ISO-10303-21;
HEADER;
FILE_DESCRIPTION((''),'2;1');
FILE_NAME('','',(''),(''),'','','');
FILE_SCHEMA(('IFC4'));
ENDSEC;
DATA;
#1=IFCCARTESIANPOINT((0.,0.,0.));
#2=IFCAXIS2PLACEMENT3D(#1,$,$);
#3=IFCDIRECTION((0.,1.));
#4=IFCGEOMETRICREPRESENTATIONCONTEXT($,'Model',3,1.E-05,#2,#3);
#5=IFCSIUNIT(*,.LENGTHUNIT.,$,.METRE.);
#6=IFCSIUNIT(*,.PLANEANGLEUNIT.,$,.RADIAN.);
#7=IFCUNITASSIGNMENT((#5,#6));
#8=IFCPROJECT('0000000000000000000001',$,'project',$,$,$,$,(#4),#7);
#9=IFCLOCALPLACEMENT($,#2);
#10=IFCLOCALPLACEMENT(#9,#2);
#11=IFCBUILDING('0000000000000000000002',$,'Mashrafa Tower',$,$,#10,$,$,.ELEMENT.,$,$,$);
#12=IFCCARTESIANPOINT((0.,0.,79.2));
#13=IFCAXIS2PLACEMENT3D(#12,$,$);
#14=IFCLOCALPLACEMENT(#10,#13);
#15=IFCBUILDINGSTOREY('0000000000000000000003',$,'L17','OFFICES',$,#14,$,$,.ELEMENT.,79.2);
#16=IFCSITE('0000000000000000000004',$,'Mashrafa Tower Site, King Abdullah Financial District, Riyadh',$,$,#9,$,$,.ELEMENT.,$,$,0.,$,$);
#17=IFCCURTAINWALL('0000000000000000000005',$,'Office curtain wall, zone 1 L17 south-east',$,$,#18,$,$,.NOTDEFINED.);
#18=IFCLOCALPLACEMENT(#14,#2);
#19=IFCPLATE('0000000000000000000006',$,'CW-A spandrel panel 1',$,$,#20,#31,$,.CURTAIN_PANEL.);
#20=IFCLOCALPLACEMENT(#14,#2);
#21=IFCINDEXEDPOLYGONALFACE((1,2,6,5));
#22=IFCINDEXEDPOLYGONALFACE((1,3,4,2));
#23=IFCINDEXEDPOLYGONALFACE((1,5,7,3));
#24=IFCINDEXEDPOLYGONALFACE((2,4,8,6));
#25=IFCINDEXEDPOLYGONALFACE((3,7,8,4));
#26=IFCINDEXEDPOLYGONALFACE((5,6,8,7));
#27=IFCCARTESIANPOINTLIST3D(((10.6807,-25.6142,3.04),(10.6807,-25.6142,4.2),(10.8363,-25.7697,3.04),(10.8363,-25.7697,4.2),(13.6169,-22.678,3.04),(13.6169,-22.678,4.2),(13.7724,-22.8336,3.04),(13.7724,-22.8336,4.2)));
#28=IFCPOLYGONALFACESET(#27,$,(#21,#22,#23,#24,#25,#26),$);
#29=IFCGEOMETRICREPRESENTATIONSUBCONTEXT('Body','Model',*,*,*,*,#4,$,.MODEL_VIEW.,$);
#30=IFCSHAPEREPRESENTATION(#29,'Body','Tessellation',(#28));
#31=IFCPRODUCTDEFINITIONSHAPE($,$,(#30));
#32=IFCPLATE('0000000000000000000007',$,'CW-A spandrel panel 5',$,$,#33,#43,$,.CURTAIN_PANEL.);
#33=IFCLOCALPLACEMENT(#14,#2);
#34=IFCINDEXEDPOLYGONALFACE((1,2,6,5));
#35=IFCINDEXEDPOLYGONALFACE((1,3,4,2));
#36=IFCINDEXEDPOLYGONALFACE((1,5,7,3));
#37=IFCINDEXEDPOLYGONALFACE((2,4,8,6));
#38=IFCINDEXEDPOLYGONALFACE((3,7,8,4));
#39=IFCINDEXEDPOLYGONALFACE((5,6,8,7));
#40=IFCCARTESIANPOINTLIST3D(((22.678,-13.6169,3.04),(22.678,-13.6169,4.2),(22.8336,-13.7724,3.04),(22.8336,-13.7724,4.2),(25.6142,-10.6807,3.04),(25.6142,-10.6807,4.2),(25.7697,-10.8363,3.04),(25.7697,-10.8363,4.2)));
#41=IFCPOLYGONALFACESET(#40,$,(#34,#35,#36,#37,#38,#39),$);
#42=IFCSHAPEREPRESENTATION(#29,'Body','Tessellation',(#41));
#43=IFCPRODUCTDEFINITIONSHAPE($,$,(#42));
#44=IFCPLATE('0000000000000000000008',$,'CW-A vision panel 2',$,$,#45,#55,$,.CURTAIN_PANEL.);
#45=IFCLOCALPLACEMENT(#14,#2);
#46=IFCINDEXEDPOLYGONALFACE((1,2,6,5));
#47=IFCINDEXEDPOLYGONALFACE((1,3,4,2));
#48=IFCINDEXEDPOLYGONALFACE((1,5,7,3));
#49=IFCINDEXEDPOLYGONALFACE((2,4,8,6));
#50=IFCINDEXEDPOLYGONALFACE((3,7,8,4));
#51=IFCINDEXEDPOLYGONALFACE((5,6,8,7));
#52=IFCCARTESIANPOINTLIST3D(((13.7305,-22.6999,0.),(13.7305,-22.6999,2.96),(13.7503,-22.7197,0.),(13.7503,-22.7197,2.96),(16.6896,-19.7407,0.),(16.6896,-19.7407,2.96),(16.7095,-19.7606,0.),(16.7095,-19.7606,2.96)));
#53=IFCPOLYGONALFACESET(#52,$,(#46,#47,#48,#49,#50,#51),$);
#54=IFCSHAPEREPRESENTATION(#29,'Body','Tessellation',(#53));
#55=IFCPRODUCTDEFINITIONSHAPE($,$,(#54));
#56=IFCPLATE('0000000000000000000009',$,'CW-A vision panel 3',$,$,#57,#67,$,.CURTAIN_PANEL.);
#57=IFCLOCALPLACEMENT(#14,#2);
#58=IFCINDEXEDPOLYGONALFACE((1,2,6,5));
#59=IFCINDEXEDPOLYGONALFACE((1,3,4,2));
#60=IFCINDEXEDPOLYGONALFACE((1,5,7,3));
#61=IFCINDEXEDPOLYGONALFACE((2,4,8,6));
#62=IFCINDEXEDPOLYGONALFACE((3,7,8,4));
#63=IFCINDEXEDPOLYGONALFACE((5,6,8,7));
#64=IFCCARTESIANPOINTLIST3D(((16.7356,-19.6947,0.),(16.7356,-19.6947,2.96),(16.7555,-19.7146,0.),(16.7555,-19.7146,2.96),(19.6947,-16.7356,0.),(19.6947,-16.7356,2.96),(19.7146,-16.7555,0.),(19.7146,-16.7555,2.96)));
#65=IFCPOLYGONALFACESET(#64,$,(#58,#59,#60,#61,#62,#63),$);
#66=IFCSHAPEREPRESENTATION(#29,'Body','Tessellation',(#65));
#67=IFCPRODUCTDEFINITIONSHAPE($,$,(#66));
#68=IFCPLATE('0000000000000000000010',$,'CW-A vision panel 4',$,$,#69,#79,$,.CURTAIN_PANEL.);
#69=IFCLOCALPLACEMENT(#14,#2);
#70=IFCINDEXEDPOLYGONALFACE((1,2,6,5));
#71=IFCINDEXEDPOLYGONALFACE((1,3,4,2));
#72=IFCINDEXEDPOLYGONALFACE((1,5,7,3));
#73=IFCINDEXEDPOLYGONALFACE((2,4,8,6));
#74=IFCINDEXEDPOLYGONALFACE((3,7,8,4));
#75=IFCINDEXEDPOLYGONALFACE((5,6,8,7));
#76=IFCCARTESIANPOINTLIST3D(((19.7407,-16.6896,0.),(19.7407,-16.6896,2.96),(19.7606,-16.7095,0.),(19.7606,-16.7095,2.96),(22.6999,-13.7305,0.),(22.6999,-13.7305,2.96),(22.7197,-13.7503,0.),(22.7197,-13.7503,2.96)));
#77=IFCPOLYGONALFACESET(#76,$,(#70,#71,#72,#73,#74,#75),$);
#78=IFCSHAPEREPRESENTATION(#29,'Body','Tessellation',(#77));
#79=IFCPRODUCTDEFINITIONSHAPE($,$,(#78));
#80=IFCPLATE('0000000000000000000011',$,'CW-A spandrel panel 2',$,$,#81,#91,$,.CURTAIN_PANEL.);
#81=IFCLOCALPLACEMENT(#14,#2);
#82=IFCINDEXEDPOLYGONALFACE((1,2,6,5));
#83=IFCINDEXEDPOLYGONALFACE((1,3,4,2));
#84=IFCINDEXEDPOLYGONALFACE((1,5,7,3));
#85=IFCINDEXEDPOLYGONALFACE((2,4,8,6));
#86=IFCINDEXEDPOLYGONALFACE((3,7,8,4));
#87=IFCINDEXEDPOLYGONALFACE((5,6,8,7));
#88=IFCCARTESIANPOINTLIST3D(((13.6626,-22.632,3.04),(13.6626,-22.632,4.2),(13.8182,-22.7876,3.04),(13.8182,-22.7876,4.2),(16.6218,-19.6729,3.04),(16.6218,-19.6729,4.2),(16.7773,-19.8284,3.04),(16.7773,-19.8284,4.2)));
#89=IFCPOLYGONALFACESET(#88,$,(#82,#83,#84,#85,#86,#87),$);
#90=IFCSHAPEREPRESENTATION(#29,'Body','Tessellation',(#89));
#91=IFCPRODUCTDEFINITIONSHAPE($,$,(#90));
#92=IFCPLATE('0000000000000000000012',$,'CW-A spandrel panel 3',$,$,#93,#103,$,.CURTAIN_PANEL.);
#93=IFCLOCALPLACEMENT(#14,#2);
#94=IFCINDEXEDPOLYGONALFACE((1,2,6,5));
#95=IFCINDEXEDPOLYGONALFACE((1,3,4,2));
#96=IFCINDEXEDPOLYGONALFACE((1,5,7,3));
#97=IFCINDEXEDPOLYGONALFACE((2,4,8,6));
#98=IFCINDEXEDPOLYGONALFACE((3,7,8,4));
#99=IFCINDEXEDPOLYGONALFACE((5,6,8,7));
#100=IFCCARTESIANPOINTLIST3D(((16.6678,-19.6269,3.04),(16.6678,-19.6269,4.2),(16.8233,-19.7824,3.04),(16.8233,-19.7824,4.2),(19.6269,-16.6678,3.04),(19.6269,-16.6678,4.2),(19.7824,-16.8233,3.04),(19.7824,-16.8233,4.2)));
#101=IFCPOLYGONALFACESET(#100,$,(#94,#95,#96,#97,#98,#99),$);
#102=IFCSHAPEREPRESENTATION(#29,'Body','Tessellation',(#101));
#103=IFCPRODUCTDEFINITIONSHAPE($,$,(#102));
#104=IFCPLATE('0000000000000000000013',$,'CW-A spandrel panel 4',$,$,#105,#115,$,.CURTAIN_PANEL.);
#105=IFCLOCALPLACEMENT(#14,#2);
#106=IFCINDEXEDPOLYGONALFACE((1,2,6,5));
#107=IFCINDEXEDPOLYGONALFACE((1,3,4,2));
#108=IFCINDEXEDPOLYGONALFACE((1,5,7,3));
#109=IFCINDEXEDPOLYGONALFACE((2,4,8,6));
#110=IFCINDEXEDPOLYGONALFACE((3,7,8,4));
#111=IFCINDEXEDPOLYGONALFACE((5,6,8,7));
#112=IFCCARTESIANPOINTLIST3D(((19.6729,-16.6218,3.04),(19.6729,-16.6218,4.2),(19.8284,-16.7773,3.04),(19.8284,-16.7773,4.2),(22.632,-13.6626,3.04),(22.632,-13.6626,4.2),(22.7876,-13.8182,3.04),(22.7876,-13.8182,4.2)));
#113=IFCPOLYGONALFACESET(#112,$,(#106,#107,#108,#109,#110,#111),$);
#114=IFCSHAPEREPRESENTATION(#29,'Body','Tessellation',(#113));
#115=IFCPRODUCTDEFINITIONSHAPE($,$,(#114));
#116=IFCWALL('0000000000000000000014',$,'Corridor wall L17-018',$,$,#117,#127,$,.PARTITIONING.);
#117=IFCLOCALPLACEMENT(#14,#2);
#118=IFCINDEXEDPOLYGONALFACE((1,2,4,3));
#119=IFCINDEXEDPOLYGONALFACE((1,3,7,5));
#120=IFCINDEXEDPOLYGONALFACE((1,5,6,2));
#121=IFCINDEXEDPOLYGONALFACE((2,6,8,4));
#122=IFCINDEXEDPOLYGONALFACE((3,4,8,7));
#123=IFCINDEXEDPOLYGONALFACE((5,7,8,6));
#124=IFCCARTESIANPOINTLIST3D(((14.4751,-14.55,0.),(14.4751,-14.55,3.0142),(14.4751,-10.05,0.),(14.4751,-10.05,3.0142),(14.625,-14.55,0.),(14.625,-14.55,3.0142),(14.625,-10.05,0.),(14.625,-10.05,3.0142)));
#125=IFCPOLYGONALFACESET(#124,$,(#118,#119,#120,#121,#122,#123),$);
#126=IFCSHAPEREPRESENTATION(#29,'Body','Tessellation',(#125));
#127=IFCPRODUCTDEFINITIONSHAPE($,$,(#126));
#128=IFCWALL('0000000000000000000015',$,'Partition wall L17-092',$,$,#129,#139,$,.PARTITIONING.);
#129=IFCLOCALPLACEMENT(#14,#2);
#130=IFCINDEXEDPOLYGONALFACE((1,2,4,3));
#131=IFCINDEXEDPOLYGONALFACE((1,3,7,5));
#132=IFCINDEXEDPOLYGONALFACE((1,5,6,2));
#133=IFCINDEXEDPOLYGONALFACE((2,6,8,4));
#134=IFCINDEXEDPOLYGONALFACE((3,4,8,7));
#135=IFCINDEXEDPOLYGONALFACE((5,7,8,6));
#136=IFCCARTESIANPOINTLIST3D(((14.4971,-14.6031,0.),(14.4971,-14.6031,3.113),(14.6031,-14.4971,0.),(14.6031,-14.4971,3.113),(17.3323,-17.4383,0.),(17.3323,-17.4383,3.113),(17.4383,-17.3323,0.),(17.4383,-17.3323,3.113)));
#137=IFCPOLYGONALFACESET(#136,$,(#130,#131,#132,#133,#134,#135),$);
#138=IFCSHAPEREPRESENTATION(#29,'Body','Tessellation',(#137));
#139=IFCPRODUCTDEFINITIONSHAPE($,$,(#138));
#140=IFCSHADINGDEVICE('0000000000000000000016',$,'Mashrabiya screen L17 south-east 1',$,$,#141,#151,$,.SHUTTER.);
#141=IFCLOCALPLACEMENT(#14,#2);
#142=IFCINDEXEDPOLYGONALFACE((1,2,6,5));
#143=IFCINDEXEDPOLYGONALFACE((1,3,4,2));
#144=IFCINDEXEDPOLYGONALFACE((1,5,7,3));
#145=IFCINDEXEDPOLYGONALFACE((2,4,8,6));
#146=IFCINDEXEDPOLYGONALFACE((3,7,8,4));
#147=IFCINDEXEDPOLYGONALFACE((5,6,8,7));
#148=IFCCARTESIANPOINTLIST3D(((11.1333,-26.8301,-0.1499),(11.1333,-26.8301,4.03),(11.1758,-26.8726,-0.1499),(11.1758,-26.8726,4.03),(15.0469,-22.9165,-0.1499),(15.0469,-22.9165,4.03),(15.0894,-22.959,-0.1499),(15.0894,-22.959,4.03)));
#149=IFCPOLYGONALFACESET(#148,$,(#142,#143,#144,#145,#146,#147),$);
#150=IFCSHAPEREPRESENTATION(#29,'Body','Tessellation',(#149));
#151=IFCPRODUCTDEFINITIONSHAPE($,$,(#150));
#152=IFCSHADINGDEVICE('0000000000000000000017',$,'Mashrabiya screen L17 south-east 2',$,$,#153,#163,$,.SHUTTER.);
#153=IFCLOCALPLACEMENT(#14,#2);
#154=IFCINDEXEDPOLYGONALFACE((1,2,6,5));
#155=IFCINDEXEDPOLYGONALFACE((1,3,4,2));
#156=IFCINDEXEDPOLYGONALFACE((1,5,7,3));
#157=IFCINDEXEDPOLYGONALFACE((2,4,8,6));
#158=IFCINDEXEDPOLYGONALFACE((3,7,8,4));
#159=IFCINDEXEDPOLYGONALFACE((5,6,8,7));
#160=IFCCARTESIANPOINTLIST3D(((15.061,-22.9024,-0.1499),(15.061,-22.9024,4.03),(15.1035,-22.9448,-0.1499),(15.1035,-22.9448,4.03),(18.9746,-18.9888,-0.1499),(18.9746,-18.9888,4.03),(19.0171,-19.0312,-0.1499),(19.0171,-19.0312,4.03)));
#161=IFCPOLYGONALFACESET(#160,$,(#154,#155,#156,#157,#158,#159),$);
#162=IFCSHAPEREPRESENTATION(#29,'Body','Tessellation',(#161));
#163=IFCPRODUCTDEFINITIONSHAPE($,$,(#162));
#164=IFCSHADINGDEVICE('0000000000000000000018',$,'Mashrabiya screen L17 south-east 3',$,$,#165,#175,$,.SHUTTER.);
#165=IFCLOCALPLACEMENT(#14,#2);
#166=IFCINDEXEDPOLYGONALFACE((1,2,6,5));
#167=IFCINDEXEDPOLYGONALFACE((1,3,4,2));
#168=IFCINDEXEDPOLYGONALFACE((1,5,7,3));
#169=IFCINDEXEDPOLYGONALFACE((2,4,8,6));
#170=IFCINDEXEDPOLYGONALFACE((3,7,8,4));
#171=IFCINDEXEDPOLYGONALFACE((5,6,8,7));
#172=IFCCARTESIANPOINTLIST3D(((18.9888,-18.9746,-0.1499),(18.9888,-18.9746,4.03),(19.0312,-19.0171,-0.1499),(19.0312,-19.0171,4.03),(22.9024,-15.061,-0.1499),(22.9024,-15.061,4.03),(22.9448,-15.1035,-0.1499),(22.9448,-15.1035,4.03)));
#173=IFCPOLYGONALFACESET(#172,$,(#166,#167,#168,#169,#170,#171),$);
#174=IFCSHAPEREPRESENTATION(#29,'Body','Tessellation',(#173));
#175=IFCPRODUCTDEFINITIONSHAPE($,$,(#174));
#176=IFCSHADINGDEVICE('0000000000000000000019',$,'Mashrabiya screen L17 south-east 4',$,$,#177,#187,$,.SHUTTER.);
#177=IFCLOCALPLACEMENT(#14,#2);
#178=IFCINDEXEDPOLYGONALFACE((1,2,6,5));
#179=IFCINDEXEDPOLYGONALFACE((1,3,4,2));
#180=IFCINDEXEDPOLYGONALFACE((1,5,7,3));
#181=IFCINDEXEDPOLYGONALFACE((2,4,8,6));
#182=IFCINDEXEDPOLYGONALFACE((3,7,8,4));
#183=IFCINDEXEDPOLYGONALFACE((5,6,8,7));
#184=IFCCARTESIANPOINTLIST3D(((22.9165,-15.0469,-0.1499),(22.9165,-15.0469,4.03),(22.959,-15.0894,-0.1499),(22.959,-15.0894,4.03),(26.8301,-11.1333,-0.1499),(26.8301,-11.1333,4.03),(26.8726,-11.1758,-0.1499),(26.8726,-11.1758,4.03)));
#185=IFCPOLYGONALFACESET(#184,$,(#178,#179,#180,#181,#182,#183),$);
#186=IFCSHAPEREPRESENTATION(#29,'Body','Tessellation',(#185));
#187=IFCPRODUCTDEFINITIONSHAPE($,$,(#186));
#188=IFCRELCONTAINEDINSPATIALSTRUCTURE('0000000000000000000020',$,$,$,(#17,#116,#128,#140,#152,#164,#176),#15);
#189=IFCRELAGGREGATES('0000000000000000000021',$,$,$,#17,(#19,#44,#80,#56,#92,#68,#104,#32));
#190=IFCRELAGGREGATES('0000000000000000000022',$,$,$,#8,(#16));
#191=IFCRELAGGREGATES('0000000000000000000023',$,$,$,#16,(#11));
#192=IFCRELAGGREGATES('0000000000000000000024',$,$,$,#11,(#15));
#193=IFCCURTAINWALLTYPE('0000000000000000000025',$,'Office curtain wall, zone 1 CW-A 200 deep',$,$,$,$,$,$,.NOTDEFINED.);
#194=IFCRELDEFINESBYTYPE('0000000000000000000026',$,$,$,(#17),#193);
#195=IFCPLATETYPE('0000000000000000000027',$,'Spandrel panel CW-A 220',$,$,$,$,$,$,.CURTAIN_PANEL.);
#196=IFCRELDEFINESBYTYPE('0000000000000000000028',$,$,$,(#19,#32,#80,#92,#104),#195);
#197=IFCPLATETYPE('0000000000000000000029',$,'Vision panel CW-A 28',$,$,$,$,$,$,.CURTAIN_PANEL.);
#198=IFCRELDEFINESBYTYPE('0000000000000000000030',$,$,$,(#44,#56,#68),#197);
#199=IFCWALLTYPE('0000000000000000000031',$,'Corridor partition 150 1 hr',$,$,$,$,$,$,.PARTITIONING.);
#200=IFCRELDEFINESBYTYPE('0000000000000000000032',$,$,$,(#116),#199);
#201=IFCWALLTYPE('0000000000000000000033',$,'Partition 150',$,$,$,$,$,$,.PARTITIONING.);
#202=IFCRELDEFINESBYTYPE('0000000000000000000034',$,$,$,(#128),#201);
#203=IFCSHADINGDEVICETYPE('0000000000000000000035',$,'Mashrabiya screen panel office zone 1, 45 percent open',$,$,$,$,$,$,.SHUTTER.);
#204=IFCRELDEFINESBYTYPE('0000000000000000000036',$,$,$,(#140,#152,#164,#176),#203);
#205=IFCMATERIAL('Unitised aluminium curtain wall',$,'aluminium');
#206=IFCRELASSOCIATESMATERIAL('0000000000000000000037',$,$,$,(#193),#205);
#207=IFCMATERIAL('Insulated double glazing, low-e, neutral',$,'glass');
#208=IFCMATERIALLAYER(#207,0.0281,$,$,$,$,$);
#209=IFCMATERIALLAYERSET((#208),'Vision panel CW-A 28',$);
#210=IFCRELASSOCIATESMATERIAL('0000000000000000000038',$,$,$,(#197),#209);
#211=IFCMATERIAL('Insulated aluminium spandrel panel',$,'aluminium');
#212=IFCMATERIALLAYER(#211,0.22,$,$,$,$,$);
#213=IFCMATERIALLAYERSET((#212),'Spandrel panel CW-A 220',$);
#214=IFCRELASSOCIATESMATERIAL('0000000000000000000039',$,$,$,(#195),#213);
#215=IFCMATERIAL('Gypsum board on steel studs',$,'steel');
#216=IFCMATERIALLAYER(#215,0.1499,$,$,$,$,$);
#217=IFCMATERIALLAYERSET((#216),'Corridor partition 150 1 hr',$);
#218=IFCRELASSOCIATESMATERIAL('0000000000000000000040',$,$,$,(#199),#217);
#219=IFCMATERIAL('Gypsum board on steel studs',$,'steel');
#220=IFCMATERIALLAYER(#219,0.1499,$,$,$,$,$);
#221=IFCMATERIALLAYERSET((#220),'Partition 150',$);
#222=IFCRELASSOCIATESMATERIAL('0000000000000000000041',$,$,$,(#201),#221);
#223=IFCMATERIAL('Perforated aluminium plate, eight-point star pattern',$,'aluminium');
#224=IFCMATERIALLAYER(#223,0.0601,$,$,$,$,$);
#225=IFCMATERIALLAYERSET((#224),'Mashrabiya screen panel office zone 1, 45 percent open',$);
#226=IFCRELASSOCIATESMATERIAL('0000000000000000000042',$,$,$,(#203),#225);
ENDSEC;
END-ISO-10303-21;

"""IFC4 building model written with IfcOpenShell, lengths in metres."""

from ifc_helpers import new_model, si_unit, direction, frame, frame_2d, origin, origin_2d, place, context, subcontext, project, spatial, rectangle, extrude, source, transform, mapped, material, layer, layer_set, type_object, type_shapes, element, aggregate, save


model = new_model("IFC4")

# Units and contexts
model_context = context("Model", 3, precision=1e-05, world=origin(), true_north=direction((0.0, 1.0)))
body_context = subcontext(model_context, "Body", "Model", "MODEL_VIEW")
ifc_project = project(units=[si_unit("LENGTHUNIT", "METRE"), si_unit("PLANEANGLEUNIT", "RADIAN")], contexts=[model_context])

# Site, building, storey
site_placement = place(None, origin())
site = spatial("IfcSite", under=ifc_project, at=site_placement, Name="Mashrafa Tower Site, King Abdullah Financial District, Riyadh", CompositionType="ELEMENT", RefElevation=0.0)
building_placement = place(site_placement, origin())
building = spatial("IfcBuilding", under=site, at=building_placement, Name="Mashrafa Tower", CompositionType="ELEMENT")
storey_placement = place(building_placement, frame((0.0, 0.0, 79.2)))
storey = spatial("IfcBuildingStorey", under=building, at=storey_placement, Name="L17", Description="OFFICES", CompositionType="ELEMENT", Elevation=79.2)

# Curtain wall, plates
ifc_material_1 = material(Name="Unitised aluminium curtain wall", Category="aluminium")
curtain_wall_type = type_object("IfcCurtainWallType", Name="Office curtain wall, zone 1 CW-A 200 deep", PredefinedType="NOTDEFINED", material=ifc_material_1)
curtain_wall_placement = place(storey_placement, origin())
curtain_wall = element("IfcCurtainWall", 1, at=curtain_wall_placement, inside=storey, type_object=curtain_wall_type, Name="Office curtain wall, zone 1 L17 south-east", PredefinedType="NOTDEFINED")
ifc_material_2 = material(Name="Insulated double glazing, low-e, neutral", Category="glass")
ifc_layer_1 = layer(ifc_material_2, 0.0281)
ifc_layer_set_1 = layer_set([ifc_layer_1], Name="Vision panel CW-A 28")
plate_type_1 = type_object("IfcPlateType", Name="Vision panel CW-A 28", PredefinedType="CURTAIN_PANEL", material=ifc_layer_set_1)
ifc_material_3 = material(Name="Insulated aluminium spandrel panel", Category="aluminium")
ifc_layer_2 = layer(ifc_material_3, 0.22)
ifc_layer_set_2 = layer_set([ifc_layer_2], Name="Spandrel panel CW-A 220")
plate_type_2 = type_object("IfcPlateType", Name="Spandrel panel CW-A 220", PredefinedType="CURTAIN_PANEL", material=ifc_layer_set_2)
shared_shape_1 = source(origin(), body_context, "Body", "SweptSolid", [
    extrude(rectangle(XDim=4.1523, YDim=0.22, at=origin_2d()), origin(), (0.0, 0.0, 1.0), 1.1599),
])
plate_1_placement = place(storey_placement, frame((12.2266, -24.2239, 3.04), z_axis=(0.0, 0.0, 1.0), x_axis=(0.707107, 0.707107, 0.0)))
plate_1 = element("IfcPlate", 2, at=plate_1_placement, type_object=plate_type_2, Name="CW-A spandrel panel 1", PredefinedType="CURTAIN_PANEL", context=body_context, shape_type="MappedRepresentation", body=[
    mapped(shared_shape_1, transform((0.0, 0.0, 0.0))),
])
plate_2_placement = place(storey_placement, frame((24.2239, -12.2266, 3.04), z_axis=(0.0, 0.0, 1.0), x_axis=(0.707107, 0.707107, 0.0)))
plate_2 = element("IfcPlate", 3, at=plate_2_placement, type_object=plate_type_2, Name="CW-A spandrel panel 5", PredefinedType="CURTAIN_PANEL", context=body_context, shape_type="MappedRepresentation", body=[
    mapped(shared_shape_1, transform((0.0, 0.0, 0.0))),
])
shared_shape_2 = source(origin(), body_context, "Body", "SweptSolid", [
    extrude(rectangle(XDim=4.1848, YDim=0.0281, at=origin_2d()), origin(), (0.0, 0.0, 1.0), 2.96),
])
plate_3_placement = place(storey_placement, frame((15.22, -21.2302, 0.0), z_axis=(0.0, 0.0, 1.0), x_axis=(0.707107, 0.707107, 0.0)))
plate_3 = element("IfcPlate", 4, at=plate_3_placement, type_object=plate_type_1, Name="CW-A vision panel 2", PredefinedType="CURTAIN_PANEL", context=body_context, shape_type="MappedRepresentation", body=[
    mapped(shared_shape_2, transform((0.0, 0.0, 0.0))),
])
plate_4_placement = place(storey_placement, frame((18.2251, -18.2251, 0.0), z_axis=(0.0, 0.0, 1.0), x_axis=(0.707107, 0.707107, 0.0)))
plate_4 = element("IfcPlate", 5, at=plate_4_placement, type_object=plate_type_1, Name="CW-A vision panel 3", PredefinedType="CURTAIN_PANEL", context=body_context, shape_type="MappedRepresentation", body=[
    mapped(shared_shape_2, transform((0.0, 0.0, 0.0))),
])
plate_5_placement = place(storey_placement, frame((21.2302, -15.22, 0.0), z_axis=(0.0, 0.0, 1.0), x_axis=(0.707107, 0.707107, 0.0)))
plate_5 = element("IfcPlate", 6, at=plate_5_placement, type_object=plate_type_1, Name="CW-A vision panel 4", PredefinedType="CURTAIN_PANEL", context=body_context, shape_type="MappedRepresentation", body=[
    mapped(shared_shape_2, transform((0.0, 0.0, 0.0))),
])
shared_shape_3 = source(origin(), body_context, "Body", "SweptSolid", [
    extrude(rectangle(XDim=4.1848, YDim=0.22, at=origin_2d()), origin(), (0.0, 0.0, 1.0), 1.1599),
])
type_shapes(plate_type_2, [shared_shape_1, shared_shape_3])
plate_6_placement = place(storey_placement, frame((15.22, -21.2302, 3.04), z_axis=(0.0, 0.0, 1.0), x_axis=(0.707107, 0.707107, 0.0)))
plate_6 = element("IfcPlate", 7, at=plate_6_placement, type_object=plate_type_2, Name="CW-A spandrel panel 2", PredefinedType="CURTAIN_PANEL", context=body_context, shape_type="MappedRepresentation", body=[
    mapped(shared_shape_3, transform((0.0, 0.0, 0.0))),
])
plate_7_placement = place(storey_placement, frame((18.2251, -18.2251, 3.04), z_axis=(0.0, 0.0, 1.0), x_axis=(0.707107, 0.707107, 0.0)))
plate_7 = element("IfcPlate", 8, at=plate_7_placement, type_object=plate_type_2, Name="CW-A spandrel panel 3", PredefinedType="CURTAIN_PANEL", context=body_context, shape_type="MappedRepresentation", body=[
    mapped(shared_shape_3, transform((0.0, 0.0, 0.0))),
])
plate_8_placement = place(storey_placement, frame((21.2302, -15.22, 3.04), z_axis=(0.0, 0.0, 1.0), x_axis=(0.707107, 0.707107, 0.0)))
plate_8 = element("IfcPlate", 9, at=plate_8_placement, type_object=plate_type_2, Name="CW-A spandrel panel 4", PredefinedType="CURTAIN_PANEL", context=body_context, shape_type="MappedRepresentation", body=[
    mapped(shared_shape_3, transform((0.0, 0.0, 0.0))),
])
aggregate(curtain_wall, [plate_1, plate_3, plate_6, plate_4, plate_7, plate_5, plate_8, plate_2])

# Walls
ifc_material_4 = material(Name="Gypsum board on steel studs", Category="steel")
ifc_layer_3 = layer(ifc_material_4, 0.1499)
ifc_layer_set_3 = layer_set([ifc_layer_3], Name="Corridor partition 150 1 hr")
wall_type_1 = type_object("IfcWallType", Name="Corridor partition 150 1 hr", PredefinedType="PARTITIONING", material=ifc_layer_set_3)
wall_1_placement = place(storey_placement, frame((14.55, -14.55, 0.0), z_axis=(0.0, 0.0, 1.0), x_axis=(0.0, 1.0, 0.0)))
element("IfcWall", 10, at=wall_1_placement, inside=storey, type_object=wall_type_1, Name="Corridor wall L17-018", PredefinedType="PARTITIONING", context=body_context, shape_type="SweptSolid", body=[
    extrude(rectangle(XDim=4.5, YDim=0.1499, at=frame_2d((2.25, 0.0))), origin(), (0.0, 0.0, 1.0), 3.0142),
])
ifc_material_5 = material(Name="Gypsum board on steel studs", Category="steel")
ifc_layer_4 = layer(ifc_material_5, 0.1499)
ifc_layer_set_4 = layer_set([ifc_layer_4], Name="Partition 150")
wall_type_2 = type_object("IfcWallType", Name="Partition 150", PredefinedType="PARTITIONING", material=ifc_layer_set_4)
wall_2_placement = place(storey_placement, frame((14.55, -14.55, 0.0), z_axis=(0.0, 0.0, 1.0), x_axis=(0.707107, -0.707107, 0.0)))
element("IfcWall", 11, at=wall_2_placement, inside=storey, type_object=wall_type_2, Name="Partition wall L17-092", PredefinedType="PARTITIONING", context=body_context, shape_type="SweptSolid", body=[
    extrude(rectangle(XDim=4.0095, YDim=0.1499, at=frame_2d((2.0049, 0.0))), origin(), (0.0, 0.0, 1.0), 3.113),
])

# Shading devices
ifc_material_6 = material(Name="Perforated aluminium plate, eight-point star pattern", Category="aluminium")
ifc_layer_5 = layer(ifc_material_6, 0.0601)
ifc_layer_set_5 = layer_set([ifc_layer_5], Name="Mashrabiya screen panel office zone 1, 45 percent open")
shading_device_type = type_object("IfcShadingDeviceType", Name="Mashrabiya screen panel office zone 1, 45 percent open", PredefinedType="SHUTTER", material=ifc_layer_set_5)
shared_shape_4 = source(origin(), body_context, "Body", "SweptSolid", [
    extrude(rectangle(XDim=5.5347, YDim=0.0601, at=origin_2d()), origin(), (0.0, 0.0, 1.0), 4.1799),
])
type_shapes(shading_device_type, [shared_shape_4])
for number, where, z_axis, x_axis, name in (
    (12, (13.1113, -24.8945, -0.1499), (0.0, 0.0, 1.0), (0.707107, 0.707107, 0.0), "Mashrabiya screen L17 south-east 1"),
    (13, (17.0391, -20.9668, -0.1499), (0.0, 0.0, 1.0), (0.707107, 0.707107, 0.0), "Mashrabiya screen L17 south-east 2"),
    (14, (20.9668, -17.0391, -0.1499), (0.0, 0.0, 1.0), (0.707107, 0.707107, 0.0), "Mashrabiya screen L17 south-east 3"),
    (15, (24.8945, -13.1113, -0.1499), (0.0, 0.0, 1.0), (0.707107, 0.707107, 0.0), "Mashrabiya screen L17 south-east 4"),
):
    element("IfcShadingDevice", number, at=place(storey_placement, frame(where, z_axis=z_axis, x_axis=x_axis)), inside=storey, type_object=shading_device_type, Name=name, PredefinedType="SHUTTER", context=body_context, shape_type="MappedRepresentation", body=[
        mapped(shared_shape_4, transform((0.0, 0.0, 0.0))),
    ])

save(model, "model.ifc")
